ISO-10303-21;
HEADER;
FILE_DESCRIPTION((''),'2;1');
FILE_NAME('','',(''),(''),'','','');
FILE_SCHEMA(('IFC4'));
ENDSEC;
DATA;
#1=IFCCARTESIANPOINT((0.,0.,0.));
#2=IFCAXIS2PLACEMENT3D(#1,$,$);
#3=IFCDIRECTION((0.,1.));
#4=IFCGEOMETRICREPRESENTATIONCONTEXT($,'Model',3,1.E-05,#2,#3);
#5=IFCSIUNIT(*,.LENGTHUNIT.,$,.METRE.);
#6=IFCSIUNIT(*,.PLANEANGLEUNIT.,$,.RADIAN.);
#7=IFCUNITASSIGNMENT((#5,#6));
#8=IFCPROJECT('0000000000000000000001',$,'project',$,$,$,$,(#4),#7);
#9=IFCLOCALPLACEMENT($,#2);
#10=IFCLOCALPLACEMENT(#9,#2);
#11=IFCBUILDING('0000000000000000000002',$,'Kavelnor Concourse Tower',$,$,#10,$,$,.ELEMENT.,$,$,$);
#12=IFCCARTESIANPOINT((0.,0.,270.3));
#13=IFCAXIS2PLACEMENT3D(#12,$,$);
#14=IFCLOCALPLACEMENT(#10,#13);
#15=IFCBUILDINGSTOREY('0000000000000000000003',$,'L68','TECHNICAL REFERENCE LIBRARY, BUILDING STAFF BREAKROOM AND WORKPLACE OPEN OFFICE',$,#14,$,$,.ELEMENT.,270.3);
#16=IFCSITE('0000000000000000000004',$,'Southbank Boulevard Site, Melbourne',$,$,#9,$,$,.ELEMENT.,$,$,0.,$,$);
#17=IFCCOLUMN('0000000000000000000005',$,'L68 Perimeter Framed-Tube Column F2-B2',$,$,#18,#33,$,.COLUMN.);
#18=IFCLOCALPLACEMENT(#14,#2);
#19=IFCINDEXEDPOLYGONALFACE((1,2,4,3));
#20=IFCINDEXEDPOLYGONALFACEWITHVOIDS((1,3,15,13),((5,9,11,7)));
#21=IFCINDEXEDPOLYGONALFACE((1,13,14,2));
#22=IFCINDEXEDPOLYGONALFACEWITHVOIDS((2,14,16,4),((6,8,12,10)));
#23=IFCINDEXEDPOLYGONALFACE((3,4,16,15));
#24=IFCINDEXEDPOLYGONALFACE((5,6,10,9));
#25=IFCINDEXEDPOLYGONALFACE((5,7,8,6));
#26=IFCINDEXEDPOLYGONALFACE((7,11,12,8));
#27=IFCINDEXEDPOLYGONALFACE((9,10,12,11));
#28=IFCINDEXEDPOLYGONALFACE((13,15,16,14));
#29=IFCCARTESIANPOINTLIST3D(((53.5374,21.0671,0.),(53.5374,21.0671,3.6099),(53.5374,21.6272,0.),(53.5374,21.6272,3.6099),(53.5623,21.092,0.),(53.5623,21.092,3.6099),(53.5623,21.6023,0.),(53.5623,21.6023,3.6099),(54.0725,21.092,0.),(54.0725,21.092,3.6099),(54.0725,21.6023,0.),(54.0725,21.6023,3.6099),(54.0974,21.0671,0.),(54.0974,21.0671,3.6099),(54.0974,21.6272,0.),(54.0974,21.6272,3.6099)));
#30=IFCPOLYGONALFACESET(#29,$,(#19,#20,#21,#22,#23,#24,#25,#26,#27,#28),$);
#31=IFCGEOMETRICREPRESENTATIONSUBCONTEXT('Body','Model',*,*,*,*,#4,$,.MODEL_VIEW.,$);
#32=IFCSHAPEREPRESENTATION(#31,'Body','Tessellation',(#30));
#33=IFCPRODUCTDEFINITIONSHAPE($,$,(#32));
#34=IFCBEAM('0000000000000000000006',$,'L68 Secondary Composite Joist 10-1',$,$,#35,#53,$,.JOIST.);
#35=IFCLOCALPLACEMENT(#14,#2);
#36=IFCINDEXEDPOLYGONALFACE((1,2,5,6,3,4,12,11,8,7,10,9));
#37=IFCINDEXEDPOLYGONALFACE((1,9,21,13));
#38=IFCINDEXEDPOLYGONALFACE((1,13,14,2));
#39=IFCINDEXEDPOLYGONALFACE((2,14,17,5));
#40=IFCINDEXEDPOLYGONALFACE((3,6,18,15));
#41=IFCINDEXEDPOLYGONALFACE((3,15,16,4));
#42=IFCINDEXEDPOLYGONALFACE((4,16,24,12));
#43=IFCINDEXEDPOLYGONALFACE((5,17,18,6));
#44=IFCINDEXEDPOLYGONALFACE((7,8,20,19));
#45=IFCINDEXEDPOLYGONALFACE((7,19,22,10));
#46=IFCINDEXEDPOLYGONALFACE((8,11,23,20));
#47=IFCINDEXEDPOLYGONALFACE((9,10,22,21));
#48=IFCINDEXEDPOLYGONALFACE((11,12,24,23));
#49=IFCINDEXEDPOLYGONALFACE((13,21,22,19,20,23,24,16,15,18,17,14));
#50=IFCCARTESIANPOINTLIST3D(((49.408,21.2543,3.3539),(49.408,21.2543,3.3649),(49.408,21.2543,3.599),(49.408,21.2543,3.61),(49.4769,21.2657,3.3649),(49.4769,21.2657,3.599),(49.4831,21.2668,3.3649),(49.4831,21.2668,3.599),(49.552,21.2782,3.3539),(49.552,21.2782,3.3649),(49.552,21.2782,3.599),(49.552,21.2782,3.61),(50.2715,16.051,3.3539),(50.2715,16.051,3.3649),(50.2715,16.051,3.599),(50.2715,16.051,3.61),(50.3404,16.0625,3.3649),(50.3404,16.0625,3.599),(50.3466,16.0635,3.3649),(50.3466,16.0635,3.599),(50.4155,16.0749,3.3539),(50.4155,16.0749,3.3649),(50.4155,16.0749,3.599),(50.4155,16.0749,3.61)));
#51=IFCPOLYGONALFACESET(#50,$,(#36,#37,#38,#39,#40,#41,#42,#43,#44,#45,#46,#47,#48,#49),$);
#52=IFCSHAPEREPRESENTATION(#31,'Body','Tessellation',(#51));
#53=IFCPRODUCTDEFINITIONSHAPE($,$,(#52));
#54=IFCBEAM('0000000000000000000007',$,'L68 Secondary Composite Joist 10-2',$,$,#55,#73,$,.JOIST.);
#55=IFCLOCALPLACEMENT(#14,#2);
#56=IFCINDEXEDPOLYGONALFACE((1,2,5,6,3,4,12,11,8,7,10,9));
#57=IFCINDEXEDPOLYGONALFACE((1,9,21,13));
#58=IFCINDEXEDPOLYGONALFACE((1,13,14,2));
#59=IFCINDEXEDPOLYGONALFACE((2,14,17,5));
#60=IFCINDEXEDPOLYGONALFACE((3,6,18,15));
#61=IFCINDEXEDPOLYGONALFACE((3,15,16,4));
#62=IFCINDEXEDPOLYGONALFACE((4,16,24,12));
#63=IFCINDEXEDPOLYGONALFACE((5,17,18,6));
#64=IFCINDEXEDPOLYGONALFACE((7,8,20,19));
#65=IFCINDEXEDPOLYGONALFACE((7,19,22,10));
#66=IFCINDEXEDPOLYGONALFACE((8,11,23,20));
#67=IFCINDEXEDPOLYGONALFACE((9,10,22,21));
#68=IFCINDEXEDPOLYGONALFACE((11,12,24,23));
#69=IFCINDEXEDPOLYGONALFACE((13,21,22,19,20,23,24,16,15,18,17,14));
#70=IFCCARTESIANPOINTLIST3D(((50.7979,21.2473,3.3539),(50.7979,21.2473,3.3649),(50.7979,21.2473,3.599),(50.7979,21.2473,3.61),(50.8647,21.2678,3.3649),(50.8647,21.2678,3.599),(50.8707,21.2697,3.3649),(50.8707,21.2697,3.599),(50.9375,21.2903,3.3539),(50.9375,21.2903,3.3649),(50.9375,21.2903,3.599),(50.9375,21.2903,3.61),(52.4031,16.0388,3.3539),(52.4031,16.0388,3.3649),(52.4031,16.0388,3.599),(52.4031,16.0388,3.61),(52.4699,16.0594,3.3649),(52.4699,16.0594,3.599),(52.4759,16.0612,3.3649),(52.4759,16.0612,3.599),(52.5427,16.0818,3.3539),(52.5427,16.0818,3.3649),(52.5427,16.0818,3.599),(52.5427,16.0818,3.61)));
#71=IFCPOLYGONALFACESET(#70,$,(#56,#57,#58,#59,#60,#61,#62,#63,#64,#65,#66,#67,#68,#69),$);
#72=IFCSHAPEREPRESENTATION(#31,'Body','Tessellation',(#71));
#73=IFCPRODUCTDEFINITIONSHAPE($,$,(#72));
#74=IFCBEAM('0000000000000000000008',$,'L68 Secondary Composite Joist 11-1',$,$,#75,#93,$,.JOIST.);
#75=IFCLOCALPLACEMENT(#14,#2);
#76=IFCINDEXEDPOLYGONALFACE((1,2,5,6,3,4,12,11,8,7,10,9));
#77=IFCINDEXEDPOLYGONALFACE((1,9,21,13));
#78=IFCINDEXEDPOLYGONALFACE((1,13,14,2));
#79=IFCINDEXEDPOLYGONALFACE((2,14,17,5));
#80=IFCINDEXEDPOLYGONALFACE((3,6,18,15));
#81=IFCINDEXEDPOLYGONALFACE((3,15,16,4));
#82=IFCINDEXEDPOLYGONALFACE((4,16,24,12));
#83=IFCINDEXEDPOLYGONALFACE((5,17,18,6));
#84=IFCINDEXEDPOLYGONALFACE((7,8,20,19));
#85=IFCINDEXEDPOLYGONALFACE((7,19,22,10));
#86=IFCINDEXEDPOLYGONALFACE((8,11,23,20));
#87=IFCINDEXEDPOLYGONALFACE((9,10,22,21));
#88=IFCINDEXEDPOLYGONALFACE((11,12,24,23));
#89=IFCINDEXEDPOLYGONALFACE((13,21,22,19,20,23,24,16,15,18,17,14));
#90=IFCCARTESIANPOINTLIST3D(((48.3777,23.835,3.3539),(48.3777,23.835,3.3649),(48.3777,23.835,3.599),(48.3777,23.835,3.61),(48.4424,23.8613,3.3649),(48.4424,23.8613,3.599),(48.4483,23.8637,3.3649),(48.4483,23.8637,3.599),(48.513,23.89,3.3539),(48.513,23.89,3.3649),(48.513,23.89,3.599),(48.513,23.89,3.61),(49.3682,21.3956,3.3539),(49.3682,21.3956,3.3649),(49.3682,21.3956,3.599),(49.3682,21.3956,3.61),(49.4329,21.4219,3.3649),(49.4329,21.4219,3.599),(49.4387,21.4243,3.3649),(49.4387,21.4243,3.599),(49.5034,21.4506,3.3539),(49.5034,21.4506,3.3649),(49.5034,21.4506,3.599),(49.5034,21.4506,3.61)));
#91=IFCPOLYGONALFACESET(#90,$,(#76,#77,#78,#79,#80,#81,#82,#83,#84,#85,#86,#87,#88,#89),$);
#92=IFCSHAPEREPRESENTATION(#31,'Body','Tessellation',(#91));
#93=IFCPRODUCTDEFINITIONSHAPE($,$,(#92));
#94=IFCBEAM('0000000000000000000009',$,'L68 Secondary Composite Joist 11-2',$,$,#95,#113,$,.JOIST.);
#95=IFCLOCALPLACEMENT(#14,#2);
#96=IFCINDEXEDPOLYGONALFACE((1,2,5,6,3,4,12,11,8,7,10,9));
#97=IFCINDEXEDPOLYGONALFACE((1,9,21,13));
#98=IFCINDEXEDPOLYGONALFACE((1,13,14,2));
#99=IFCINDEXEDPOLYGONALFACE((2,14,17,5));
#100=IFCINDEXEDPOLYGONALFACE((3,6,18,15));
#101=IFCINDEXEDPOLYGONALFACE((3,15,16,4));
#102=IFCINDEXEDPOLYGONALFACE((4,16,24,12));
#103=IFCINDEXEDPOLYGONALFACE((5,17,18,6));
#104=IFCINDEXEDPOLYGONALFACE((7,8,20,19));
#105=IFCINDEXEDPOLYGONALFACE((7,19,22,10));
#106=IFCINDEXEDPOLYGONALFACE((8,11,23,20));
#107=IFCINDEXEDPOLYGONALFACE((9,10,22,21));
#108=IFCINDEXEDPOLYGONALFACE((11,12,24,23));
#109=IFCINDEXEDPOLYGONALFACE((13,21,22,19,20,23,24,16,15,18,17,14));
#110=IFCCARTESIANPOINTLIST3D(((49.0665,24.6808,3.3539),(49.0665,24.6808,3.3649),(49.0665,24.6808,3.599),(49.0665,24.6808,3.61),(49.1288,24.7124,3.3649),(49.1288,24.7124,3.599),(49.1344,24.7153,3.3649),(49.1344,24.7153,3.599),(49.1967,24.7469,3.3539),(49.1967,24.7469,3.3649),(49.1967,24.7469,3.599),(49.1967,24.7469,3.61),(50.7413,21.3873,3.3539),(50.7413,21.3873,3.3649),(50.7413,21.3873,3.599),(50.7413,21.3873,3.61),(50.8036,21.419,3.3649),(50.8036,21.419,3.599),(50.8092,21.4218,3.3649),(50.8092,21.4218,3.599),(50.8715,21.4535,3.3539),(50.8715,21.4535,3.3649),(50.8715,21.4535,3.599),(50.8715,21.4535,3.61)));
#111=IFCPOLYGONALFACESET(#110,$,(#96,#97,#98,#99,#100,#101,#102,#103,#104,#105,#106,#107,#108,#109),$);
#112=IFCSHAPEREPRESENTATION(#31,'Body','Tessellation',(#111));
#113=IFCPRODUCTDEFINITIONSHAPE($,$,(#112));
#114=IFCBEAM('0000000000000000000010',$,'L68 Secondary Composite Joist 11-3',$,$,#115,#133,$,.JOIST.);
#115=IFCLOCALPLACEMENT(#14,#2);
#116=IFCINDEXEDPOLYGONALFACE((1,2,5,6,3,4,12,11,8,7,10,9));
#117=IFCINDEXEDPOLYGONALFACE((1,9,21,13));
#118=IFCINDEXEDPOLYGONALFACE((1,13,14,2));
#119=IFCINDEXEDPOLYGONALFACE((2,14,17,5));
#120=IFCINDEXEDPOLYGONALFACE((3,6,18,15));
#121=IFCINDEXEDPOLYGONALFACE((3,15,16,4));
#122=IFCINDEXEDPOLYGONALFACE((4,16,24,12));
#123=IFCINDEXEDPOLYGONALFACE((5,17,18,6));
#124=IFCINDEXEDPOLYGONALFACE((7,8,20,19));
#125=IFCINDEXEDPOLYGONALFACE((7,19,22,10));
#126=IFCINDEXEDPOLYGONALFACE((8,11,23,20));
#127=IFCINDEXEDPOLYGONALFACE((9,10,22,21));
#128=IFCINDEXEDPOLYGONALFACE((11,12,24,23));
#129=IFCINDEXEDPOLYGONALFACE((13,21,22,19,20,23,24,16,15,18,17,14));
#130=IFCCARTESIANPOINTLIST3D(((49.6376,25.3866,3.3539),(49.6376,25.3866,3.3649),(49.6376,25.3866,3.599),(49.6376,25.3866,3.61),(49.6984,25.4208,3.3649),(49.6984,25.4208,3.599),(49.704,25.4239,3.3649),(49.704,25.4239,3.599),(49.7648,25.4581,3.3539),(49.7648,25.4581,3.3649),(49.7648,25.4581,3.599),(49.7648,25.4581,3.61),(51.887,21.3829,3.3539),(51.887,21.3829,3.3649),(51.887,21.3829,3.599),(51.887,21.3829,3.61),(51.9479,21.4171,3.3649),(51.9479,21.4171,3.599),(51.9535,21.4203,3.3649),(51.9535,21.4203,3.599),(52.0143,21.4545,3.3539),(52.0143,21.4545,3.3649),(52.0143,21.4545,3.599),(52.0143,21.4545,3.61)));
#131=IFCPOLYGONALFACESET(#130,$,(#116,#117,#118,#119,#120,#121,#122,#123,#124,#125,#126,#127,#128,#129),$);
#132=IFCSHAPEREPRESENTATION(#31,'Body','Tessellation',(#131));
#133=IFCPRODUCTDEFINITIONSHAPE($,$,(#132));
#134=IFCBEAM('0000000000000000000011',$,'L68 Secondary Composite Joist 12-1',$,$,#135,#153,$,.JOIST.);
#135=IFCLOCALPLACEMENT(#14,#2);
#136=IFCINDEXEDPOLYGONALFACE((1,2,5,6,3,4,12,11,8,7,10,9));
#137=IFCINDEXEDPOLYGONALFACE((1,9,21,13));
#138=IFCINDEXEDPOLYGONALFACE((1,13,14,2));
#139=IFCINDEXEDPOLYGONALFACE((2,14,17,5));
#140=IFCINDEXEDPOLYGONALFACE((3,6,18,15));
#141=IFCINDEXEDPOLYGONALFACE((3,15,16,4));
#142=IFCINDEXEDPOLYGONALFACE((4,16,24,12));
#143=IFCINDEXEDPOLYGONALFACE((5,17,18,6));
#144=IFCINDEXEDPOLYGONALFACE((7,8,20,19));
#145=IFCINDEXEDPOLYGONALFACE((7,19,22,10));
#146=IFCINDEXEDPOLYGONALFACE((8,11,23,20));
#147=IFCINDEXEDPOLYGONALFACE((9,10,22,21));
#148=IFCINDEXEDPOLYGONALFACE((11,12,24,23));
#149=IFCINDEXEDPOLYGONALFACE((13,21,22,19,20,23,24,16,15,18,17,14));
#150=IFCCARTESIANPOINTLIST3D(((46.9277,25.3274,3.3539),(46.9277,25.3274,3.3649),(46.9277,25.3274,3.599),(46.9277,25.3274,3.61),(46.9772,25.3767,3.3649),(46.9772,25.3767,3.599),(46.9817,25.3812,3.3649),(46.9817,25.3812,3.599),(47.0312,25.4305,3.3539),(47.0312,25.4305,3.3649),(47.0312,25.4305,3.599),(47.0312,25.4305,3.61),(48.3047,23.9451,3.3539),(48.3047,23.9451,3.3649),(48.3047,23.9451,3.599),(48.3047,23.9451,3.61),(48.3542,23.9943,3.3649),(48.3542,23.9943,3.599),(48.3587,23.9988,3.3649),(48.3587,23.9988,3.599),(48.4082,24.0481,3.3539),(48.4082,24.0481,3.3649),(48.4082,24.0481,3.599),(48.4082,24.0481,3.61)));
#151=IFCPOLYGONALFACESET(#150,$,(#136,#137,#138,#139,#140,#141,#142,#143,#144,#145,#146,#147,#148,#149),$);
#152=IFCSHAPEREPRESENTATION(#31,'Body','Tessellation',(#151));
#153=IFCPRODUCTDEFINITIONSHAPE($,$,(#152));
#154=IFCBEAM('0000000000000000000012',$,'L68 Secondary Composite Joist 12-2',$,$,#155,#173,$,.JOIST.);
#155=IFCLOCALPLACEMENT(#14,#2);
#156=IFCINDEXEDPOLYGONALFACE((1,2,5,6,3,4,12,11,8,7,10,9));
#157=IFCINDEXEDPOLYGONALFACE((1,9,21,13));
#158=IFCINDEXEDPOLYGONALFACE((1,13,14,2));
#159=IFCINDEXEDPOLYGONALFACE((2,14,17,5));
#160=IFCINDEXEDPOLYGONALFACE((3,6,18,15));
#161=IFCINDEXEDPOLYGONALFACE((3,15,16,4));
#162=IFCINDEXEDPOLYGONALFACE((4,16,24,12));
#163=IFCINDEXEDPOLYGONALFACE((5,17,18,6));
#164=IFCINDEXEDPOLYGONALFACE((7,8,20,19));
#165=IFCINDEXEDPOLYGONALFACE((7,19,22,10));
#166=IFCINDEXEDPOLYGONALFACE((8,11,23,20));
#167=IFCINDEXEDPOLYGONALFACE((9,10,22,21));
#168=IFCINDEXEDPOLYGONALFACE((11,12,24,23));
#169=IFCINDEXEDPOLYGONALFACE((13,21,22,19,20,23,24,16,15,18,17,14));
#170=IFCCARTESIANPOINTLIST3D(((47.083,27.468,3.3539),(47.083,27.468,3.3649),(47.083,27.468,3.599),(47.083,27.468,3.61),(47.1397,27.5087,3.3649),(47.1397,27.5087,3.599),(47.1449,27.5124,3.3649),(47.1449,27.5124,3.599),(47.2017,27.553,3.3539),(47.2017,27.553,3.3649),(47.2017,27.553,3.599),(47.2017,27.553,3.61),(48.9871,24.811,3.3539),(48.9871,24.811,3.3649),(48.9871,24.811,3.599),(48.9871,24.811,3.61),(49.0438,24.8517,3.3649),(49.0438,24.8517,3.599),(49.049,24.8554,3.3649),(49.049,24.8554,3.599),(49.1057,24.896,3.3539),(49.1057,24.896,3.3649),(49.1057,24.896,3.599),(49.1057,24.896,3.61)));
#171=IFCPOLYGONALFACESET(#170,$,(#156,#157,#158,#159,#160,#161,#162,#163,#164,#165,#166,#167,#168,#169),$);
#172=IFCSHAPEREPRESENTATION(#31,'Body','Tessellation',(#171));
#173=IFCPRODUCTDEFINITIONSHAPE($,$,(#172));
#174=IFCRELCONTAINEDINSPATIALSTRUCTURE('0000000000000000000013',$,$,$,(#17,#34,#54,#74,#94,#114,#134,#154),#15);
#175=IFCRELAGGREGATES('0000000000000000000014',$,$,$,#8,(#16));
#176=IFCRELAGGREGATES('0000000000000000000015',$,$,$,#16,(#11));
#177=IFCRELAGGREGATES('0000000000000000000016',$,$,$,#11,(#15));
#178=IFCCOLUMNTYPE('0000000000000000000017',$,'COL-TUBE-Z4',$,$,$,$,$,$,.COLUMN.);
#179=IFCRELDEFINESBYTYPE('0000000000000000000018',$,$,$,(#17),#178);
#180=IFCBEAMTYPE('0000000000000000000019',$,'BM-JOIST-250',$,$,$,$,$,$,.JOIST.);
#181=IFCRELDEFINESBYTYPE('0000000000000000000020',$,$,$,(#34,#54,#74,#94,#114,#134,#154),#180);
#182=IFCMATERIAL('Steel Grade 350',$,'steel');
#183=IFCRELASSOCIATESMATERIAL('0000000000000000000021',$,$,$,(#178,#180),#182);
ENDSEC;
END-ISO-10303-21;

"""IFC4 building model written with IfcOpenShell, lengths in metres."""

from ifc_helpers import new_model, si_unit, direction, frame, origin, origin_2d, place, context, subcontext, project, spatial, hollow_rectangle, i_section, extrude, material, material_profile, profile_set, type_object, element, save


model = new_model("IFC4")

# Units and contexts
model_context = context("Model", 3, precision=1e-05, world=origin(), true_north=direction((0.0, 1.0)))
body_context = subcontext(model_context, "Body", "Model", "MODEL_VIEW")
ifc_project = project(units=[si_unit("LENGTHUNIT", "METRE"), si_unit("PLANEANGLEUNIT", "RADIAN")], contexts=[model_context])

# Site, building, storey
site_placement = place(None, origin())
site = spatial("IfcSite", under=ifc_project, at=site_placement, Name="Southbank Boulevard Site, Melbourne", CompositionType="ELEMENT", RefElevation=0.0)
building_placement = place(site_placement, origin())
building = spatial("IfcBuilding", under=site, at=building_placement, Name="Kavelnor Concourse Tower", CompositionType="ELEMENT")
storey_placement = place(building_placement, frame((0.0, 0.0, 270.3)))
storey = spatial("IfcBuildingStorey", under=building, at=storey_placement, Name="L68", Description="TECHNICAL REFERENCE LIBRARY, BUILDING STAFF BREAKROOM AND WORKPLACE OPEN OFFICE", CompositionType="ELEMENT", Elevation=270.3)

# Column
ifc_material_1 = material(Name="Steel Grade 350", Category="steel")
ifc_material_profile_1 = material_profile(ifc_material_1, hollow_rectangle(XDim=0.5601, YDim=0.5601, WallThickness=0.0249, at=origin_2d()), Name="SHS 560x560x25")
ifc_profile_set_1 = profile_set([ifc_material_profile_1], Name="Steel Grade 350")
column_type = type_object("IfcColumnType", Name="COL-TUBE-Z4", PredefinedType="COLUMN", material=ifc_profile_set_1)
column_placement = place(storey_placement, frame((53.8174, 21.3472, 0.0), z_axis=(0.0, 0.0, 1.0), x_axis=(1.0, 0.0, 0.0)))
element("IfcColumn", 1, at=column_placement, inside=storey, type_object=column_type, Name="L68 Perimeter Framed-Tube Column F2-B2", PredefinedType="COLUMN", context=body_context, shape_type="SweptSolid", body=[
    extrude(hollow_rectangle(XDim=0.5601, YDim=0.5601, WallThickness=0.0249, at=origin_2d()), origin(), (0.0, 0.0, 1.0), 3.6099),
])

# Beams
ifc_material_profile_2 = material_profile(ifc_material_1, i_section(OverallWidth=0.146, OverallDepth=0.2561, WebThickness=0.0063, FlangeThickness=0.011, at=origin_2d()), Name="250UB37")
ifc_profile_set_2 = profile_set([ifc_material_profile_2], Name="Steel Grade 350")
beam_type_1 = type_object("IfcBeamType", Name="BM-JOIST-250", PredefinedType="JOIST", material=ifc_profile_set_2)
beam_1_placement = place(storey_placement, frame((50.3435, 16.063, 3.4819), z_axis=(-0.163716, 0.986508, 0.0), x_axis=(-0.986508, -0.163716, 0.0)))
element("IfcBeam", 2, at=beam_1_placement, inside=storey, type_object=beam_type_1, Name="L68 Secondary Composite Joist 10-1", PredefinedType="JOIST", context=body_context, shape_type="SweptSolid", body=[
    extrude(i_section(OverallWidth=0.146, OverallDepth=0.2561, WebThickness=0.0063, FlangeThickness=0.011, at=origin_2d()), origin(), (0.0, 0.0, 1.0), 5.2744),
])
beam_2_placement = place(storey_placement, frame((52.4729, 16.0603, 3.4819), z_axis=(-0.294523, 0.955644, 0.0), x_axis=(-0.955644, -0.294523, 0.0)))
element("IfcBeam", 3, at=beam_2_placement, inside=storey, type_object=beam_type_1, Name="L68 Secondary Composite Joist 10-2", PredefinedType="JOIST", context=body_context, shape_type="SweptSolid", body=[
    extrude(i_section(OverallWidth=0.146, OverallDepth=0.2561, WebThickness=0.0063, FlangeThickness=0.011, at=origin_2d()), origin(), (0.0, 0.0, 1.0), 5.4502),
])
beam_3_placement = place(storey_placement, frame((49.4358, 21.4231, 3.4819), z_axis=(-0.376198, 0.926539, 0.0), x_axis=(-0.926539, -0.376198, 0.0)))
element("IfcBeam", 4, at=beam_3_placement, inside=storey, type_object=beam_type_1, Name="L68 Secondary Composite Joist 11-1", PredefinedType="JOIST", context=body_context, shape_type="SweptSolid", body=[
    extrude(i_section(OverallWidth=0.146, OverallDepth=0.2561, WebThickness=0.0063, FlangeThickness=0.011, at=origin_2d()), origin(), (0.0, 0.0, 1.0), 2.6328),
])
beam_4_placement = place(storey_placement, frame((50.8064, 21.4204, 3.4819), z_axis=(-0.453282, 0.891367, 0.0), x_axis=(-0.891367, -0.453282, 0.0)))
element("IfcBeam", 5, at=beam_4_placement, inside=storey, type_object=beam_type_1, Name="L68 Secondary Composite Joist 11-2", PredefinedType="JOIST", context=body_context, shape_type="SweptSolid", body=[
    extrude(i_section(OverallWidth=0.146, OverallDepth=0.2561, WebThickness=0.0063, FlangeThickness=0.011, at=origin_2d()), origin(), (0.0, 0.0, 1.0), 3.6948),
])
beam_5_placement = place(storey_placement, frame((51.9507, 21.4187, 3.4819), z_axis=(-0.48984, 0.871813, 0.0), x_axis=(-0.871813, -0.48984, 0.0)))
element("IfcBeam", 6, at=beam_5_placement, inside=storey, type_object=beam_type_1, Name="L68 Secondary Composite Joist 11-3", PredefinedType="JOIST", context=body_context, shape_type="SweptSolid", body=[
    extrude(i_section(OverallWidth=0.146, OverallDepth=0.2561, WebThickness=0.0063, FlangeThickness=0.011, at=origin_2d()), origin(), (0.0, 0.0, 1.0), 4.5923),
])
beam_6_placement = place(storey_placement, frame((48.3564, 23.9966, 3.4819), z_axis=(-0.705729, 0.708482, 0.0), x_axis=(-0.708482, -0.705729, 0.0)))
element("IfcBeam", 7, at=beam_6_placement, inside=storey, type_object=beam_type_1, Name="L68 Secondary Composite Joist 12-1", PredefinedType="JOIST", context=body_context, shape_type="SweptSolid", body=[
    extrude(i_section(OverallWidth=0.146, OverallDepth=0.2561, WebThickness=0.0063, FlangeThickness=0.011, at=origin_2d()), origin(), (0.0, 0.0, 1.0), 1.9512),
])
beam_7_placement = place(storey_placement, frame((49.0464, 24.8535, 3.4819), z_axis=(-0.582495, 0.812834, 0.0), x_axis=(-0.812834, -0.582495, 0.0)))
element("IfcBeam", 8, at=beam_7_placement, inside=storey, type_object=beam_type_1, Name="L68 Secondary Composite Joist 12-2", PredefinedType="JOIST", context=body_context, shape_type="SweptSolid", body=[
    extrude(i_section(OverallWidth=0.146, OverallDepth=0.2561, WebThickness=0.0063, FlangeThickness=0.011, at=origin_2d()), origin(), (0.0, 0.0, 1.0), 3.2688),
])

save(model, "model.ifc")
